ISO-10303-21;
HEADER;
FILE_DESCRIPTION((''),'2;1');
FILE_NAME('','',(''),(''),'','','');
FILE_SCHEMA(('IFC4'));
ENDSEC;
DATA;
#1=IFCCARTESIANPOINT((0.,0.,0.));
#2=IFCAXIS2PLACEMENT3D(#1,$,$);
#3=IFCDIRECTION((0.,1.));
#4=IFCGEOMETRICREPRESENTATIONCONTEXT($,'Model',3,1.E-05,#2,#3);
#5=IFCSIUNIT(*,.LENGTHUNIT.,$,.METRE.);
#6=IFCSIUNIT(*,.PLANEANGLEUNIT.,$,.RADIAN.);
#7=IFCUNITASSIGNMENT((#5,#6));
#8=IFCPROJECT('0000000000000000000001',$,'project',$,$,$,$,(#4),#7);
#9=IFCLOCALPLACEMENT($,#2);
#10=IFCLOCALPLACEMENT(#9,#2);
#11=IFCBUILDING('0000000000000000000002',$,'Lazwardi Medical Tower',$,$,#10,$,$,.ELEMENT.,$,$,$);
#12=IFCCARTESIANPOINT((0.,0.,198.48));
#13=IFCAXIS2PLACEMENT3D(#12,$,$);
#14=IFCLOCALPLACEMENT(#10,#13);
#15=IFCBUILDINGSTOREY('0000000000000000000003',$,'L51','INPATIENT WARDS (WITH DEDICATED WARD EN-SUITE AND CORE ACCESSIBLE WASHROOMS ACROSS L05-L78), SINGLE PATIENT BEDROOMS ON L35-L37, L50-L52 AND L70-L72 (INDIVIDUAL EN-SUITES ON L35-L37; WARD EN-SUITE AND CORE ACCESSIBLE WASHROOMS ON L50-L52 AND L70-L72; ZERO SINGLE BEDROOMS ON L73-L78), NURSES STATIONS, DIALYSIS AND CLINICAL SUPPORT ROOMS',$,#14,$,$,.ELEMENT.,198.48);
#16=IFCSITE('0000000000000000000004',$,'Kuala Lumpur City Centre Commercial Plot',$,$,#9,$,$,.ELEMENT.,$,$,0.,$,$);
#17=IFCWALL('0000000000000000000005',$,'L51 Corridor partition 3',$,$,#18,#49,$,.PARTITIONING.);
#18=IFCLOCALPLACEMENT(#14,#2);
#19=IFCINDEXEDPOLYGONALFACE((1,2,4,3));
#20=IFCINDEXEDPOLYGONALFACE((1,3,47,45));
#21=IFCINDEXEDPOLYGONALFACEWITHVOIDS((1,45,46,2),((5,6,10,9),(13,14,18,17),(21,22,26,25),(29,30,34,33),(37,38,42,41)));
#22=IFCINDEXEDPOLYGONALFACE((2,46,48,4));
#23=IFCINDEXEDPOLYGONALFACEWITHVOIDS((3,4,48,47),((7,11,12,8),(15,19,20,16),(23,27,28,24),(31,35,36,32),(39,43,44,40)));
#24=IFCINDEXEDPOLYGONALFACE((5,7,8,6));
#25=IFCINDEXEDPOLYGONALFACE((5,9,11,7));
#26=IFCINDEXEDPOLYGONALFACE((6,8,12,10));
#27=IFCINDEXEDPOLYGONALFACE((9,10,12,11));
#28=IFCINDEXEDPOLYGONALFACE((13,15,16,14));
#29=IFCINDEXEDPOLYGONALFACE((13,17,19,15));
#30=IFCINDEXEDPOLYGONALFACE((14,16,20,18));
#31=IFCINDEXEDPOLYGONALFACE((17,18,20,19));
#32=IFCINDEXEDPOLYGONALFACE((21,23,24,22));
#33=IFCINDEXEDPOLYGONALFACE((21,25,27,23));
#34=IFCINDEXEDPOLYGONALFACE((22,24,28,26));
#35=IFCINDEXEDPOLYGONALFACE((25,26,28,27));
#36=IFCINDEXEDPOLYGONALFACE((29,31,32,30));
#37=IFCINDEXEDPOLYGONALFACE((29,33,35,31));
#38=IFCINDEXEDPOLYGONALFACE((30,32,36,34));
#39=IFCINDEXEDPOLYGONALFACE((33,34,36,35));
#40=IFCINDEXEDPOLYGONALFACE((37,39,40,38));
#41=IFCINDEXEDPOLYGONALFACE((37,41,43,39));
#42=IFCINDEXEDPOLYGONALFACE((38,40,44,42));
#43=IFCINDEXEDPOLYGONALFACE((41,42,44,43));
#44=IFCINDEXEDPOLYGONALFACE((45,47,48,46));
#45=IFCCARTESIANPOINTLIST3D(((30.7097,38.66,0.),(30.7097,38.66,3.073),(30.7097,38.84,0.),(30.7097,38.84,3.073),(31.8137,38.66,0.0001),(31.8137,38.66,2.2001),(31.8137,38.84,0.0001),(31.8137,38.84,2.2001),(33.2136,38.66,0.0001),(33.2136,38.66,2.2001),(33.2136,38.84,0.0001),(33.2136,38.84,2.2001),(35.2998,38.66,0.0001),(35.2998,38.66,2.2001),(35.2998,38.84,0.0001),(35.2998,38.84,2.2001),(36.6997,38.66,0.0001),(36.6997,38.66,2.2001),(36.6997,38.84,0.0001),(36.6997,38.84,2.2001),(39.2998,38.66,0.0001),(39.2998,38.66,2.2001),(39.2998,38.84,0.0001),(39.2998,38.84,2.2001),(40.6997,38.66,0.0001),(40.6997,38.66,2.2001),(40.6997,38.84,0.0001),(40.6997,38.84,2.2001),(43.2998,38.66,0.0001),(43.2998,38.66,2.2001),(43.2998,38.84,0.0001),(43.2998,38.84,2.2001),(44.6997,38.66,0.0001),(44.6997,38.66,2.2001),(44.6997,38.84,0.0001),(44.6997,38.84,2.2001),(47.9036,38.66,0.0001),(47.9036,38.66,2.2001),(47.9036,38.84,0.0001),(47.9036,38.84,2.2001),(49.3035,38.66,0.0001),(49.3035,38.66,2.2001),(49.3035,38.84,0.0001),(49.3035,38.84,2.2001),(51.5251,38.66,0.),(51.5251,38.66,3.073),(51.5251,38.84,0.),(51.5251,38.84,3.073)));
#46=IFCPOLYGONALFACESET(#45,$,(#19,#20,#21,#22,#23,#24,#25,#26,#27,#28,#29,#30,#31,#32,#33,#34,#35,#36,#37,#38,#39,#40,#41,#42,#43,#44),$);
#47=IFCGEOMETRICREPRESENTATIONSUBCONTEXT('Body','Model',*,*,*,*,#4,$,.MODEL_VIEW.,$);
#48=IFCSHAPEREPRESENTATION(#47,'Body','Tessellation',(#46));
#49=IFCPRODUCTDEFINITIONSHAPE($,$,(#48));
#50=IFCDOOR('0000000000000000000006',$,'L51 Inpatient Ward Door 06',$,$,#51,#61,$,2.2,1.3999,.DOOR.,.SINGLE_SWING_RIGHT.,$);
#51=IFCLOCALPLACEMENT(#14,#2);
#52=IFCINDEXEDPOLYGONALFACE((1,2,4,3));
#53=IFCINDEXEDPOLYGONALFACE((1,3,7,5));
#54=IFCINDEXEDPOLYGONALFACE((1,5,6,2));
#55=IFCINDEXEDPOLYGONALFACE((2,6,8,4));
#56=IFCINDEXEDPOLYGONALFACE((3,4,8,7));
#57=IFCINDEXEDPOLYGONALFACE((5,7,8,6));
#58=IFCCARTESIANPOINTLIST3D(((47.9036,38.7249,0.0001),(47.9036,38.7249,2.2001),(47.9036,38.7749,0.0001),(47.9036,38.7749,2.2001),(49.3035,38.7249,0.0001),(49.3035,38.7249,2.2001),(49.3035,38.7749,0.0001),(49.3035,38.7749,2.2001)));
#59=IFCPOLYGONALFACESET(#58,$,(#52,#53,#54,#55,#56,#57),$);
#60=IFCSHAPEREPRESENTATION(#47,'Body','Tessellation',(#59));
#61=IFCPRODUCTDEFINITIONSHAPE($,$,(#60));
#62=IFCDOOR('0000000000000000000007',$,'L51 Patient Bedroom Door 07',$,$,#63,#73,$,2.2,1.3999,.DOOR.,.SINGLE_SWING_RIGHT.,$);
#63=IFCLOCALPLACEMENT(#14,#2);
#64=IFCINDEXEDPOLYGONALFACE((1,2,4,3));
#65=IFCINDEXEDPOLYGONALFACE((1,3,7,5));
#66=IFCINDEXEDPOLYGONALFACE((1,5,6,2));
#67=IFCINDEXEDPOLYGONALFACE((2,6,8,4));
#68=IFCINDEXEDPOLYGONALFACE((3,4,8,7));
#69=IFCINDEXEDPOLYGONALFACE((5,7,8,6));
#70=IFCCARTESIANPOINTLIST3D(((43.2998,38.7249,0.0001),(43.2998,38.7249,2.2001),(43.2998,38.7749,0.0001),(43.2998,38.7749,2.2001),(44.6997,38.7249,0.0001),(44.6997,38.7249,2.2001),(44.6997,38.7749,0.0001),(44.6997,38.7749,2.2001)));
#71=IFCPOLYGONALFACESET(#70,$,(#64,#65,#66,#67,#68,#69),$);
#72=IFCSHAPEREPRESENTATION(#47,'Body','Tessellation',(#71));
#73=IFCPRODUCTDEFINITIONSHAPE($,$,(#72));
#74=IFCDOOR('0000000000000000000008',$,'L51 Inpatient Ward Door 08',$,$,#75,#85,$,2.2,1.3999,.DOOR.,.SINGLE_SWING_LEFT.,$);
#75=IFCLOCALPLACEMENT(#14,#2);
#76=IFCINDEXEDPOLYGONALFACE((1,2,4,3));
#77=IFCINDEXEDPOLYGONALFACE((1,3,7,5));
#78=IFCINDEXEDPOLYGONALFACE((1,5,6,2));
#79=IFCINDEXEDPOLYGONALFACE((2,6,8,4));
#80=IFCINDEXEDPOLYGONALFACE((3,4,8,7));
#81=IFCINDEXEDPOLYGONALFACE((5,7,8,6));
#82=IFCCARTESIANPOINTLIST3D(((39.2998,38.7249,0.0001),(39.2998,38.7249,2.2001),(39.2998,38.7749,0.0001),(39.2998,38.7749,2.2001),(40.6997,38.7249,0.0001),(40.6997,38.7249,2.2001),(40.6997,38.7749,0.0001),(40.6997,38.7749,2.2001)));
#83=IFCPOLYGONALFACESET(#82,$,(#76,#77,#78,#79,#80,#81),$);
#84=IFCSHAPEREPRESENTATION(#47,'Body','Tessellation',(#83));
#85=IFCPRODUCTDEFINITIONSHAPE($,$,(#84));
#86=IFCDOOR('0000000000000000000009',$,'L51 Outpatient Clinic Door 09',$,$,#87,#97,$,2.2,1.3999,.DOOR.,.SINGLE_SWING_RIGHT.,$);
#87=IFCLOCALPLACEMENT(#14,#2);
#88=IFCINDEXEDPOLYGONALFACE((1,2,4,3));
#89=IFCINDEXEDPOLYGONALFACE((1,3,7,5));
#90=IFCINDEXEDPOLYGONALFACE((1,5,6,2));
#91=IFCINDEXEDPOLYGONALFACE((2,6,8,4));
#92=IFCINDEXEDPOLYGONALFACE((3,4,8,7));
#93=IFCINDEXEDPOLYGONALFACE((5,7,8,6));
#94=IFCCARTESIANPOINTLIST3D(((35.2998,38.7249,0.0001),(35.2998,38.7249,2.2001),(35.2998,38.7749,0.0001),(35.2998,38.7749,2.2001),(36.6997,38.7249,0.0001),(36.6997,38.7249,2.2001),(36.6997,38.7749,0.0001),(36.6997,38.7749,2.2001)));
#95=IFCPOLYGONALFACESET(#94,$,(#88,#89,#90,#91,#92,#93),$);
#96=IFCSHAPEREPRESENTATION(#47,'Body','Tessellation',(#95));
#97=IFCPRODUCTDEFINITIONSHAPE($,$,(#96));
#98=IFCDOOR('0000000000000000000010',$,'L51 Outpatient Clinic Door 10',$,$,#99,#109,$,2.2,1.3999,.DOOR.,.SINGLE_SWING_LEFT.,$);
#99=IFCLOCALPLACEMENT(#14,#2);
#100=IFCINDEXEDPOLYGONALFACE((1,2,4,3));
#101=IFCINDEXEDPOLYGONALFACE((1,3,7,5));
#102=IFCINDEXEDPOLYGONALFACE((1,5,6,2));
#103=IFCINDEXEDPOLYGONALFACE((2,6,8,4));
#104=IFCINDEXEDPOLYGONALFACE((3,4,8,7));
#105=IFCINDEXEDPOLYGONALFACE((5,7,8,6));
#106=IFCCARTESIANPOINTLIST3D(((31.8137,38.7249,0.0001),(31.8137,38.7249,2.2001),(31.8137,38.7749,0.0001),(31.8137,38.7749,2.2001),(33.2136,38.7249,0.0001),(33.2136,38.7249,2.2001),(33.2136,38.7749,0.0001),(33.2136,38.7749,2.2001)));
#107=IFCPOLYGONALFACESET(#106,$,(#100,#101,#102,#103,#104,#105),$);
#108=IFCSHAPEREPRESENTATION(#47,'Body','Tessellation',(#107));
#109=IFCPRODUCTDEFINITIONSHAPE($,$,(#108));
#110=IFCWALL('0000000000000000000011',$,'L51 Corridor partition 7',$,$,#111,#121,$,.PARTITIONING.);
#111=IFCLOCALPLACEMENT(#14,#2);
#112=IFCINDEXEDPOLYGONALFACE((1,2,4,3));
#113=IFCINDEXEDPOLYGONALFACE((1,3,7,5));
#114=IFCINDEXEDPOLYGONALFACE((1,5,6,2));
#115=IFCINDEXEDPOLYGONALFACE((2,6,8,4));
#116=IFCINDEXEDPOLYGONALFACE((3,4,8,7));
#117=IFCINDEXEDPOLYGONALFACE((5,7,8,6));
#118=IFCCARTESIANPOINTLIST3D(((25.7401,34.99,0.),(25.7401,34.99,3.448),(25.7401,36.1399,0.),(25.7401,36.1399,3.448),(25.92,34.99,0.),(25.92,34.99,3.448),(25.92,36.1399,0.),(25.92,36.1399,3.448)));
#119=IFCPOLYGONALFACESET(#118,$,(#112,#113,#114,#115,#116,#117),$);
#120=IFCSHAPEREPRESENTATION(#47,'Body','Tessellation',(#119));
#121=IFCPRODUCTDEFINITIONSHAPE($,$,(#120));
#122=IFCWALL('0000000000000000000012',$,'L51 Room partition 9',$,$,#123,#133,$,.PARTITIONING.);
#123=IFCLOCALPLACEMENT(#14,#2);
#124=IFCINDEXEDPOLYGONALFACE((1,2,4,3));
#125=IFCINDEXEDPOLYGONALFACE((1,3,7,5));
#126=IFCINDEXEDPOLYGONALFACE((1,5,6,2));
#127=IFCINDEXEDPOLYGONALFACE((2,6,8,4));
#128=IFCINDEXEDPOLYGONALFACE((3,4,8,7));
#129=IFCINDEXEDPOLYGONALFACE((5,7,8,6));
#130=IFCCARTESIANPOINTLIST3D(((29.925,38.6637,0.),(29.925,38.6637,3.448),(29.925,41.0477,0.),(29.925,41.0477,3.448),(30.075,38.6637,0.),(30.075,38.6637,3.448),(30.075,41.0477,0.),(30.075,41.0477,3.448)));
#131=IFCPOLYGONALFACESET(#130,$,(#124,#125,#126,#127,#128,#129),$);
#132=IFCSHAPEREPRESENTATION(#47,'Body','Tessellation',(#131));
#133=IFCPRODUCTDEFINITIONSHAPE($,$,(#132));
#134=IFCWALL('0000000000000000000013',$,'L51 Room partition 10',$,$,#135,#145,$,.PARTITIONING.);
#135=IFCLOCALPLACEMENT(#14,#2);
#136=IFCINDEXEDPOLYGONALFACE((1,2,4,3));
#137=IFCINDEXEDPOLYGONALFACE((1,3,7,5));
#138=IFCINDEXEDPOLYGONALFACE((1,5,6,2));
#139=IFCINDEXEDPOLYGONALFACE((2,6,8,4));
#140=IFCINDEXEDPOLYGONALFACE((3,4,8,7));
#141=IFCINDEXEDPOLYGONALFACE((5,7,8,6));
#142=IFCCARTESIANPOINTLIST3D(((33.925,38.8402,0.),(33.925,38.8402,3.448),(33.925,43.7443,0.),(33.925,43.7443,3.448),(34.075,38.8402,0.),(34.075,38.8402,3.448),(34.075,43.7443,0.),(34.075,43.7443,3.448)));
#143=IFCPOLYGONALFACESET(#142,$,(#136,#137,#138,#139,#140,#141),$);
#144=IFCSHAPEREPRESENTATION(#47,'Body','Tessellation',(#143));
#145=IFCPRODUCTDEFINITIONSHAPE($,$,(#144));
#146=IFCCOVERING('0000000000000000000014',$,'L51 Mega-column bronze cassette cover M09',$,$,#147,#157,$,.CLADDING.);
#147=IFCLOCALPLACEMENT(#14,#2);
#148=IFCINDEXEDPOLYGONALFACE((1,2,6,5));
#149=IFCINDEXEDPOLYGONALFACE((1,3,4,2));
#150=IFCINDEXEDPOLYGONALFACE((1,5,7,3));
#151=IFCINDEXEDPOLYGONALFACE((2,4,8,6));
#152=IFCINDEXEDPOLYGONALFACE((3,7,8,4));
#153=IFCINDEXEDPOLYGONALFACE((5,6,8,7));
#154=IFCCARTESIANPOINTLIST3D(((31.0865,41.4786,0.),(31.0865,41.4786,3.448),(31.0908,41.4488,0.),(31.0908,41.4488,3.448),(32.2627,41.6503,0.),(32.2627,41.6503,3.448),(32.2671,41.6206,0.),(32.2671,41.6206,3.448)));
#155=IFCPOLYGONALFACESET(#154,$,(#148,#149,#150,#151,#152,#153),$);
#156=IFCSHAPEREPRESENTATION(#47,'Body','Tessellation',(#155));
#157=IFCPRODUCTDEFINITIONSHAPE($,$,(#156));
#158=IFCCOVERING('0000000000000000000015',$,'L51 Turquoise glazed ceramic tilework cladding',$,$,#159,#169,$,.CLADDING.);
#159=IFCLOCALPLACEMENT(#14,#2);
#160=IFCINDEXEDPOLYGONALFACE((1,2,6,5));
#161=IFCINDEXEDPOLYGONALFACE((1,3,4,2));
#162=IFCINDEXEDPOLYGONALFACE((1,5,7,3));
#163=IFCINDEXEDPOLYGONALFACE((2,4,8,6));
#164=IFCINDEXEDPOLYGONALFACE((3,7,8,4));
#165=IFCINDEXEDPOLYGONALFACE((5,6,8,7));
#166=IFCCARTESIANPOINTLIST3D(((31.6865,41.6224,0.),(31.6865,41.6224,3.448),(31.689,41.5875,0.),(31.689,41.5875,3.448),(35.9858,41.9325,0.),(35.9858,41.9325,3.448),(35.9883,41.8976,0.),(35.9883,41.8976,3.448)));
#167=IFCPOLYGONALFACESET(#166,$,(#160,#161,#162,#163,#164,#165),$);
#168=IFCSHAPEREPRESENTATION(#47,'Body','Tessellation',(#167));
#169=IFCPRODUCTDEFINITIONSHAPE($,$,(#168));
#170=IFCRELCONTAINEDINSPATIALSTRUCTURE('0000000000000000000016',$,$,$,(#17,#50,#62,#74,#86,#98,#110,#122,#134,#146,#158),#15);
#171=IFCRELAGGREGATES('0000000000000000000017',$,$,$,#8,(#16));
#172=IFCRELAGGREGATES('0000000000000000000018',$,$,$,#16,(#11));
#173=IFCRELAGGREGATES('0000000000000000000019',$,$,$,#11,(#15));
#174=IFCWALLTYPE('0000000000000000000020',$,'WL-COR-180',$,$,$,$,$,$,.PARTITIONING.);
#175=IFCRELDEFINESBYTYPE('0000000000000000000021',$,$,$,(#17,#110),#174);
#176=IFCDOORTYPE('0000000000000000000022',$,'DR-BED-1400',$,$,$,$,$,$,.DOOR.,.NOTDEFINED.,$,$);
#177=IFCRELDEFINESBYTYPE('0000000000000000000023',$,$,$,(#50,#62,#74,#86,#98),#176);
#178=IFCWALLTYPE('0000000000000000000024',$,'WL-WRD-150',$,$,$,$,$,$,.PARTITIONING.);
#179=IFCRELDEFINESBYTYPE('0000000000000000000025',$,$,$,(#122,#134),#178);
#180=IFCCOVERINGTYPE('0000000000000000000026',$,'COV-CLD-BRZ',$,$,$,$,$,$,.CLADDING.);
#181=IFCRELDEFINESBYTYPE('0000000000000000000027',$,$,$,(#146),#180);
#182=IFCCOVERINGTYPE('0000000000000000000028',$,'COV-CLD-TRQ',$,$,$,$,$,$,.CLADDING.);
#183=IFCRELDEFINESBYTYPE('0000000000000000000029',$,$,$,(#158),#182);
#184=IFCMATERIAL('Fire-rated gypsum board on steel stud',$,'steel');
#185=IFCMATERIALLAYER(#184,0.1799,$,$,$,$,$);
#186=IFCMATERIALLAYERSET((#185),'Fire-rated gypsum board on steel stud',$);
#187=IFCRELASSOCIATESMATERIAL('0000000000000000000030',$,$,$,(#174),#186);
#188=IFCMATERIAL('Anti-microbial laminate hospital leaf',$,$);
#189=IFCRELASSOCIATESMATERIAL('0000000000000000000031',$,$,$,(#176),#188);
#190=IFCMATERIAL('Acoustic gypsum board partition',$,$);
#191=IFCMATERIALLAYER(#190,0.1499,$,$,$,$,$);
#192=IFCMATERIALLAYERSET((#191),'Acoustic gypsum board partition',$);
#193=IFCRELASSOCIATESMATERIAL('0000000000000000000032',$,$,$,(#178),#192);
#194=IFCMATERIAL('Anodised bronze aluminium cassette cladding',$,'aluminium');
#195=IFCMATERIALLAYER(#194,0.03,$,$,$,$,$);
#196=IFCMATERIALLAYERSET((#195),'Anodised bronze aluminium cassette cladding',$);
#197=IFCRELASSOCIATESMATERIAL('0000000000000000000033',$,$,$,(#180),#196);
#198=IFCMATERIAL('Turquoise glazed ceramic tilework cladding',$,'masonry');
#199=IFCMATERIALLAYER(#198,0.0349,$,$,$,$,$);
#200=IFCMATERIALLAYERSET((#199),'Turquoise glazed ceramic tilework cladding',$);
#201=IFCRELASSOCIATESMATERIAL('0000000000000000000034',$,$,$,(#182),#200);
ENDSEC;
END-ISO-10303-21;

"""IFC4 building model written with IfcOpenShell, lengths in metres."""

from ifc_helpers import new_model, si_unit, direction, frame, frame_2d, origin, origin_2d, place, context, subcontext, project, spatial, rectangle, extrude, material, layer, layer_set, type_object, element, fill, save


model = new_model("IFC4")

# Units and contexts
model_context = context("Model", 3, precision=1e-05, world=origin(), true_north=direction((0.0, 1.0)))
body_context = subcontext(model_context, "Body", "Model", "MODEL_VIEW")
ifc_project = project(units=[si_unit("LENGTHUNIT", "METRE"), si_unit("PLANEANGLEUNIT", "RADIAN")], contexts=[model_context])

# Site, building, storey
site_placement = place(None, origin())
site = spatial("IfcSite", under=ifc_project, at=site_placement, Name="Kuala Lumpur City Centre Commercial Plot", CompositionType="ELEMENT", RefElevation=0.0)
building_placement = place(site_placement, origin())
building = spatial("IfcBuilding", under=site, at=building_placement, Name="Lazwardi Medical Tower", CompositionType="ELEMENT")
storey_placement = place(building_placement, frame((0.0, 0.0, 198.48)))
storey = spatial("IfcBuildingStorey", under=building, at=storey_placement, Name="L51", Description="INPATIENT WARDS (WITH DEDICATED WARD EN-SUITE AND CORE ACCESSIBLE WASHROOMS ACROSS L05-L78), SINGLE PATIENT BEDROOMS ON L35-L37, L50-L52 AND L70-L72 (INDIVIDUAL EN-SUITES ON L35-L37; WARD EN-SUITE AND CORE ACCESSIBLE WASHROOMS ON L50-L52 AND L70-L72; ZERO SINGLE BEDROOMS ON L73-L78), NURSES STATIONS, DIALYSIS AND CLINICAL SUPPORT ROOMS", CompositionType="ELEMENT", Elevation=198.48)

# Shared definitions
ifc_material_1 = material(Name="Fire-rated gypsum board on steel stud", Category="steel")
ifc_layer_1 = layer(ifc_material_1, 0.1799)
ifc_layer_set_1 = layer_set([ifc_layer_1], Name="Fire-rated gypsum board on steel stud")
wall_type_1 = type_object("IfcWallType", Name="WL-COR-180", PredefinedType="PARTITIONING", material=ifc_layer_set_1)

# Wall, openings, doors
wall_1_placement = place(storey_placement, frame((30.7097, 38.75, 0.0), z_axis=(0.0, 0.0, 1.0), x_axis=(1.0, 0.0, 0.0)))
wall_1 = element("IfcWall", 1, at=wall_1_placement, inside=storey, type_object=wall_type_1, Name="L51 Corridor partition 3", PredefinedType="PARTITIONING", context=body_context, shape_type="SweptSolid", body=[
    extrude(rectangle(XDim=20.8154, YDim=0.1799, at=frame_2d((10.4077, 0.0))), origin(), (0.0, 0.0, 1.0), 3.073),
])
opening_1_placement = place(wall_1_placement, frame((17.1938, 0.0, 0.0)))
opening_1 = element("IfcOpeningElement", 2, at=opening_1_placement, cuts=wall_1, PredefinedType="OPENING", context=body_context, shape_type="SweptSolid", body=[
    extrude(rectangle(XDim=1.3999, YDim=2.2, at=frame_2d((0.7, 1.1001))), frame((0.0, 0.0999, 0.0), z_axis=(0.0, -1.0, 0.0), x_axis=(1.0, 0.0, 0.0)), (0.0, 0.0, 1.0), 0.2),
])
opening_2_placement = place(wall_1_placement, frame((12.5901, 0.0, 0.0)))
opening_2 = element("IfcOpeningElement", 3, at=opening_2_placement, cuts=wall_1, PredefinedType="OPENING", context=body_context, shape_type="SweptSolid", body=[
    extrude(rectangle(XDim=1.3999, YDim=2.2, at=frame_2d((0.7, 1.1001))), frame((0.0, 0.0999, 0.0), z_axis=(0.0, -1.0, 0.0), x_axis=(1.0, 0.0, 0.0)), (0.0, 0.0, 1.0), 0.2),
])
opening_3_placement = place(wall_1_placement, frame((8.5901, 0.0, 0.0)))
opening_3 = element("IfcOpeningElement", 4, at=opening_3_placement, cuts=wall_1, PredefinedType="OPENING", context=body_context, shape_type="SweptSolid", body=[
    extrude(rectangle(XDim=1.3999, YDim=2.2, at=frame_2d((0.7, 1.1001))), frame((0.0, 0.0999, 0.0), z_axis=(0.0, -1.0, 0.0), x_axis=(1.0, 0.0, 0.0)), (0.0, 0.0, 1.0), 0.2),
])
opening_4_placement = place(wall_1_placement, frame((4.5901, 0.0, 0.0)))
opening_4 = element("IfcOpeningElement", 5, at=opening_4_placement, cuts=wall_1, PredefinedType="OPENING", context=body_context, shape_type="SweptSolid", body=[
    extrude(rectangle(XDim=1.3999, YDim=2.2, at=frame_2d((0.7, 1.1001))), frame((0.0, 0.0999, 0.0), z_axis=(0.0, -1.0, 0.0), x_axis=(1.0, 0.0, 0.0)), (0.0, 0.0, 1.0), 0.2),
])
opening_5_placement = place(wall_1_placement, frame((1.104, 0.0, 0.0)))
opening_5 = element("IfcOpeningElement", 6, at=opening_5_placement, cuts=wall_1, PredefinedType="OPENING", context=body_context, shape_type="SweptSolid", body=[
    extrude(rectangle(XDim=1.3999, YDim=2.2, at=frame_2d((0.7, 1.1001))), frame((0.0, 0.0999, 0.0), z_axis=(0.0, -1.0, 0.0), x_axis=(1.0, 0.0, 0.0)), (0.0, 0.0, 1.0), 0.2),
])
ifc_material_2 = material(Name="Anti-microbial laminate hospital leaf")
door_type = type_object("IfcDoorType", Name="DR-BED-1400", OperationType="NOTDEFINED", PredefinedType="DOOR", material=ifc_material_2)
door_1_placement = place(opening_1_placement, origin())
door_1 = element("IfcDoor", 7, at=door_1_placement, inside=storey, type_object=door_type, Name="L51 Inpatient Ward Door 06", OperationType="SINGLE_SWING_RIGHT", OverallHeight=2.2, OverallWidth=1.3999, PredefinedType="DOOR", context=body_context, shape_type="SweptSolid", body=[
    extrude(rectangle(XDim=1.3999, YDim=2.2, at=frame_2d((0.7, 1.1001))), frame((0.0, 0.0249, 0.0), z_axis=(0.0, -1.0, 0.0), x_axis=(1.0, 0.0, 0.0)), (0.0, 0.0, 1.0), 0.05),
])
fill(opening_1, door_1)
door_2_placement = place(opening_2_placement, origin())
door_2 = element("IfcDoor", 8, at=door_2_placement, inside=storey, type_object=door_type, Name="L51 Patient Bedroom Door 07", OperationType="SINGLE_SWING_RIGHT", OverallHeight=2.2, OverallWidth=1.3999, PredefinedType="DOOR", context=body_context, shape_type="SweptSolid", body=[
    extrude(rectangle(XDim=1.3999, YDim=2.2, at=frame_2d((0.7, 1.1001))), frame((0.0, 0.0249, 0.0), z_axis=(0.0, -1.0, 0.0), x_axis=(1.0, 0.0, 0.0)), (0.0, 0.0, 1.0), 0.05),
])
fill(opening_2, door_2)
door_3_placement = place(opening_3_placement, origin())
door_3 = element("IfcDoor", 9, at=door_3_placement, inside=storey, type_object=door_type, Name="L51 Inpatient Ward Door 08", OperationType="SINGLE_SWING_LEFT", OverallHeight=2.2, OverallWidth=1.3999, PredefinedType="DOOR", context=body_context, shape_type="SweptSolid", body=[
    extrude(rectangle(XDim=1.3999, YDim=2.2, at=frame_2d((0.7, 1.1001))), frame((0.0, 0.0249, 0.0), z_axis=(0.0, -1.0, 0.0), x_axis=(1.0, 0.0, 0.0)), (0.0, 0.0, 1.0), 0.05),
])
fill(opening_3, door_3)
door_4_placement = place(opening_4_placement, origin())
door_4 = element("IfcDoor", 10, at=door_4_placement, inside=storey, type_object=door_type, Name="L51 Outpatient Clinic Door 09", OperationType="SINGLE_SWING_RIGHT", OverallHeight=2.2, OverallWidth=1.3999, PredefinedType="DOOR", context=body_context, shape_type="SweptSolid", body=[
    extrude(rectangle(XDim=1.3999, YDim=2.2, at=frame_2d((0.7, 1.1001))), frame((0.0, 0.0249, 0.0), z_axis=(0.0, -1.0, 0.0), x_axis=(1.0, 0.0, 0.0)), (0.0, 0.0, 1.0), 0.05),
])
fill(opening_4, door_4)
door_5_placement = place(opening_5_placement, origin())
door_5 = element("IfcDoor", 11, at=door_5_placement, inside=storey, type_object=door_type, Name="L51 Outpatient Clinic Door 10", OperationType="SINGLE_SWING_LEFT", OverallHeight=2.2, OverallWidth=1.3999, PredefinedType="DOOR", context=body_context, shape_type="SweptSolid", body=[
    extrude(rectangle(XDim=1.3999, YDim=2.2, at=frame_2d((0.7, 1.1001))), frame((0.0, 0.0249, 0.0), z_axis=(0.0, -1.0, 0.0), x_axis=(1.0, 0.0, 0.0)), (0.0, 0.0, 1.0), 0.05),
])
fill(opening_5, door_5)

# Walls
wall_2_placement = place(storey_placement, frame((25.8301, 36.1399, 0.0), z_axis=(0.0, 0.0, 1.0), x_axis=(0.0, -1.0, 0.0)))
element("IfcWall", 12, at=wall_2_placement, inside=storey, type_object=wall_type_1, Name="L51 Corridor partition 7", PredefinedType="PARTITIONING", context=body_context, shape_type="SweptSolid", body=[
    extrude(rectangle(XDim=1.1499, YDim=0.1799, at=frame_2d((0.575, 0.0))), origin(), (0.0, 0.0, 1.0), 3.448),
])
ifc_material_3 = material(Name="Acoustic gypsum board partition")
ifc_layer_2 = layer(ifc_material_3, 0.1499)
ifc_layer_set_2 = layer_set([ifc_layer_2], Name="Acoustic gypsum board partition")
wall_type_2 = type_object("IfcWallType", Name="WL-WRD-150", PredefinedType="PARTITIONING", material=ifc_layer_set_2)
wall_3_placement = place(storey_placement, frame((30.0, 38.6638, 0.0), z_axis=(0.0, 0.0, 1.0), x_axis=(0.0, 1.0, 0.0)))
element("IfcWall", 13, at=wall_3_placement, inside=storey, type_object=wall_type_2, Name="L51 Room partition 9", PredefinedType="PARTITIONING", context=body_context, shape_type="SweptSolid", body=[
    extrude(rectangle(XDim=2.384, YDim=0.1499, at=frame_2d((1.1919, 0.0))), origin(), (0.0, 0.0, 1.0), 3.448),
])
wall_4_placement = place(storey_placement, frame((34.0, 38.8401, 0.0), z_axis=(0.0, 0.0, 1.0), x_axis=(0.0, 1.0, 0.0)))
element("IfcWall", 14, at=wall_4_placement, inside=storey, type_object=wall_type_2, Name="L51 Room partition 10", PredefinedType="PARTITIONING", context=body_context, shape_type="SweptSolid", body=[
    extrude(rectangle(XDim=4.9041, YDim=0.1499, at=frame_2d((2.4521, 0.0))), origin(), (0.0, 0.0, 1.0), 3.448),
])

# Coverings
ifc_material_4 = material(Name="Anodised bronze aluminium cassette cladding", Category="aluminium")
ifc_layer_3 = layer(ifc_material_4, 0.03)
ifc_layer_set_3 = layer_set([ifc_layer_3], Name="Anodised bronze aluminium cassette cladding")
covering_type_1 = type_object("IfcCoveringType", Name="COV-CLD-BRZ", PredefinedType="CLADDING", material=ifc_layer_set_3)
covering_1_placement = place(storey_placement, frame((31.6768, 41.5496, 0.0), z_axis=(0.0, 0.0, 1.0), x_axis=(-0.989512, -0.144448, 0.0)))
element("IfcCovering", 15, at=covering_1_placement, inside=storey, type_object=covering_type_1, Name="L51 Mega-column bronze cassette cover M09", PredefinedType="CLADDING", context=body_context, shape_type="SweptSolid", body=[
    extrude(rectangle(XDim=1.1887, YDim=0.03, at=origin_2d()), origin(), (0.0, 0.0, 1.0), 3.448),
])
ifc_material_5 = material(Name="Turquoise glazed ceramic tilework cladding", Category="masonry")
ifc_layer_4 = layer(ifc_material_5, 0.0349)
ifc_layer_set_4 = layer_set([ifc_layer_4], Name="Turquoise glazed ceramic tilework cladding")
covering_type_2 = type_object("IfcCoveringType", Name="COV-CLD-TRQ", PredefinedType="CLADDING", material=ifc_layer_set_4)
covering_2_placement = place(storey_placement, frame((33.8374, 41.76, 0.0), z_axis=(0.0, 0.0, 1.0), x_axis=(-0.997409, -0.07194, 0.0)))
element("IfcCovering", 16, at=covering_2_placement, inside=storey, type_object=covering_type_2, Name="L51 Turquoise glazed ceramic tilework cladding", PredefinedType="CLADDING", context=body_context, shape_type="SweptSolid", body=[
    extrude(rectangle(XDim=4.3105, YDim=0.0349, at=origin_2d()), origin(), (0.0, 0.0, 1.0), 3.448),
])

save(model, "model.ifc")
